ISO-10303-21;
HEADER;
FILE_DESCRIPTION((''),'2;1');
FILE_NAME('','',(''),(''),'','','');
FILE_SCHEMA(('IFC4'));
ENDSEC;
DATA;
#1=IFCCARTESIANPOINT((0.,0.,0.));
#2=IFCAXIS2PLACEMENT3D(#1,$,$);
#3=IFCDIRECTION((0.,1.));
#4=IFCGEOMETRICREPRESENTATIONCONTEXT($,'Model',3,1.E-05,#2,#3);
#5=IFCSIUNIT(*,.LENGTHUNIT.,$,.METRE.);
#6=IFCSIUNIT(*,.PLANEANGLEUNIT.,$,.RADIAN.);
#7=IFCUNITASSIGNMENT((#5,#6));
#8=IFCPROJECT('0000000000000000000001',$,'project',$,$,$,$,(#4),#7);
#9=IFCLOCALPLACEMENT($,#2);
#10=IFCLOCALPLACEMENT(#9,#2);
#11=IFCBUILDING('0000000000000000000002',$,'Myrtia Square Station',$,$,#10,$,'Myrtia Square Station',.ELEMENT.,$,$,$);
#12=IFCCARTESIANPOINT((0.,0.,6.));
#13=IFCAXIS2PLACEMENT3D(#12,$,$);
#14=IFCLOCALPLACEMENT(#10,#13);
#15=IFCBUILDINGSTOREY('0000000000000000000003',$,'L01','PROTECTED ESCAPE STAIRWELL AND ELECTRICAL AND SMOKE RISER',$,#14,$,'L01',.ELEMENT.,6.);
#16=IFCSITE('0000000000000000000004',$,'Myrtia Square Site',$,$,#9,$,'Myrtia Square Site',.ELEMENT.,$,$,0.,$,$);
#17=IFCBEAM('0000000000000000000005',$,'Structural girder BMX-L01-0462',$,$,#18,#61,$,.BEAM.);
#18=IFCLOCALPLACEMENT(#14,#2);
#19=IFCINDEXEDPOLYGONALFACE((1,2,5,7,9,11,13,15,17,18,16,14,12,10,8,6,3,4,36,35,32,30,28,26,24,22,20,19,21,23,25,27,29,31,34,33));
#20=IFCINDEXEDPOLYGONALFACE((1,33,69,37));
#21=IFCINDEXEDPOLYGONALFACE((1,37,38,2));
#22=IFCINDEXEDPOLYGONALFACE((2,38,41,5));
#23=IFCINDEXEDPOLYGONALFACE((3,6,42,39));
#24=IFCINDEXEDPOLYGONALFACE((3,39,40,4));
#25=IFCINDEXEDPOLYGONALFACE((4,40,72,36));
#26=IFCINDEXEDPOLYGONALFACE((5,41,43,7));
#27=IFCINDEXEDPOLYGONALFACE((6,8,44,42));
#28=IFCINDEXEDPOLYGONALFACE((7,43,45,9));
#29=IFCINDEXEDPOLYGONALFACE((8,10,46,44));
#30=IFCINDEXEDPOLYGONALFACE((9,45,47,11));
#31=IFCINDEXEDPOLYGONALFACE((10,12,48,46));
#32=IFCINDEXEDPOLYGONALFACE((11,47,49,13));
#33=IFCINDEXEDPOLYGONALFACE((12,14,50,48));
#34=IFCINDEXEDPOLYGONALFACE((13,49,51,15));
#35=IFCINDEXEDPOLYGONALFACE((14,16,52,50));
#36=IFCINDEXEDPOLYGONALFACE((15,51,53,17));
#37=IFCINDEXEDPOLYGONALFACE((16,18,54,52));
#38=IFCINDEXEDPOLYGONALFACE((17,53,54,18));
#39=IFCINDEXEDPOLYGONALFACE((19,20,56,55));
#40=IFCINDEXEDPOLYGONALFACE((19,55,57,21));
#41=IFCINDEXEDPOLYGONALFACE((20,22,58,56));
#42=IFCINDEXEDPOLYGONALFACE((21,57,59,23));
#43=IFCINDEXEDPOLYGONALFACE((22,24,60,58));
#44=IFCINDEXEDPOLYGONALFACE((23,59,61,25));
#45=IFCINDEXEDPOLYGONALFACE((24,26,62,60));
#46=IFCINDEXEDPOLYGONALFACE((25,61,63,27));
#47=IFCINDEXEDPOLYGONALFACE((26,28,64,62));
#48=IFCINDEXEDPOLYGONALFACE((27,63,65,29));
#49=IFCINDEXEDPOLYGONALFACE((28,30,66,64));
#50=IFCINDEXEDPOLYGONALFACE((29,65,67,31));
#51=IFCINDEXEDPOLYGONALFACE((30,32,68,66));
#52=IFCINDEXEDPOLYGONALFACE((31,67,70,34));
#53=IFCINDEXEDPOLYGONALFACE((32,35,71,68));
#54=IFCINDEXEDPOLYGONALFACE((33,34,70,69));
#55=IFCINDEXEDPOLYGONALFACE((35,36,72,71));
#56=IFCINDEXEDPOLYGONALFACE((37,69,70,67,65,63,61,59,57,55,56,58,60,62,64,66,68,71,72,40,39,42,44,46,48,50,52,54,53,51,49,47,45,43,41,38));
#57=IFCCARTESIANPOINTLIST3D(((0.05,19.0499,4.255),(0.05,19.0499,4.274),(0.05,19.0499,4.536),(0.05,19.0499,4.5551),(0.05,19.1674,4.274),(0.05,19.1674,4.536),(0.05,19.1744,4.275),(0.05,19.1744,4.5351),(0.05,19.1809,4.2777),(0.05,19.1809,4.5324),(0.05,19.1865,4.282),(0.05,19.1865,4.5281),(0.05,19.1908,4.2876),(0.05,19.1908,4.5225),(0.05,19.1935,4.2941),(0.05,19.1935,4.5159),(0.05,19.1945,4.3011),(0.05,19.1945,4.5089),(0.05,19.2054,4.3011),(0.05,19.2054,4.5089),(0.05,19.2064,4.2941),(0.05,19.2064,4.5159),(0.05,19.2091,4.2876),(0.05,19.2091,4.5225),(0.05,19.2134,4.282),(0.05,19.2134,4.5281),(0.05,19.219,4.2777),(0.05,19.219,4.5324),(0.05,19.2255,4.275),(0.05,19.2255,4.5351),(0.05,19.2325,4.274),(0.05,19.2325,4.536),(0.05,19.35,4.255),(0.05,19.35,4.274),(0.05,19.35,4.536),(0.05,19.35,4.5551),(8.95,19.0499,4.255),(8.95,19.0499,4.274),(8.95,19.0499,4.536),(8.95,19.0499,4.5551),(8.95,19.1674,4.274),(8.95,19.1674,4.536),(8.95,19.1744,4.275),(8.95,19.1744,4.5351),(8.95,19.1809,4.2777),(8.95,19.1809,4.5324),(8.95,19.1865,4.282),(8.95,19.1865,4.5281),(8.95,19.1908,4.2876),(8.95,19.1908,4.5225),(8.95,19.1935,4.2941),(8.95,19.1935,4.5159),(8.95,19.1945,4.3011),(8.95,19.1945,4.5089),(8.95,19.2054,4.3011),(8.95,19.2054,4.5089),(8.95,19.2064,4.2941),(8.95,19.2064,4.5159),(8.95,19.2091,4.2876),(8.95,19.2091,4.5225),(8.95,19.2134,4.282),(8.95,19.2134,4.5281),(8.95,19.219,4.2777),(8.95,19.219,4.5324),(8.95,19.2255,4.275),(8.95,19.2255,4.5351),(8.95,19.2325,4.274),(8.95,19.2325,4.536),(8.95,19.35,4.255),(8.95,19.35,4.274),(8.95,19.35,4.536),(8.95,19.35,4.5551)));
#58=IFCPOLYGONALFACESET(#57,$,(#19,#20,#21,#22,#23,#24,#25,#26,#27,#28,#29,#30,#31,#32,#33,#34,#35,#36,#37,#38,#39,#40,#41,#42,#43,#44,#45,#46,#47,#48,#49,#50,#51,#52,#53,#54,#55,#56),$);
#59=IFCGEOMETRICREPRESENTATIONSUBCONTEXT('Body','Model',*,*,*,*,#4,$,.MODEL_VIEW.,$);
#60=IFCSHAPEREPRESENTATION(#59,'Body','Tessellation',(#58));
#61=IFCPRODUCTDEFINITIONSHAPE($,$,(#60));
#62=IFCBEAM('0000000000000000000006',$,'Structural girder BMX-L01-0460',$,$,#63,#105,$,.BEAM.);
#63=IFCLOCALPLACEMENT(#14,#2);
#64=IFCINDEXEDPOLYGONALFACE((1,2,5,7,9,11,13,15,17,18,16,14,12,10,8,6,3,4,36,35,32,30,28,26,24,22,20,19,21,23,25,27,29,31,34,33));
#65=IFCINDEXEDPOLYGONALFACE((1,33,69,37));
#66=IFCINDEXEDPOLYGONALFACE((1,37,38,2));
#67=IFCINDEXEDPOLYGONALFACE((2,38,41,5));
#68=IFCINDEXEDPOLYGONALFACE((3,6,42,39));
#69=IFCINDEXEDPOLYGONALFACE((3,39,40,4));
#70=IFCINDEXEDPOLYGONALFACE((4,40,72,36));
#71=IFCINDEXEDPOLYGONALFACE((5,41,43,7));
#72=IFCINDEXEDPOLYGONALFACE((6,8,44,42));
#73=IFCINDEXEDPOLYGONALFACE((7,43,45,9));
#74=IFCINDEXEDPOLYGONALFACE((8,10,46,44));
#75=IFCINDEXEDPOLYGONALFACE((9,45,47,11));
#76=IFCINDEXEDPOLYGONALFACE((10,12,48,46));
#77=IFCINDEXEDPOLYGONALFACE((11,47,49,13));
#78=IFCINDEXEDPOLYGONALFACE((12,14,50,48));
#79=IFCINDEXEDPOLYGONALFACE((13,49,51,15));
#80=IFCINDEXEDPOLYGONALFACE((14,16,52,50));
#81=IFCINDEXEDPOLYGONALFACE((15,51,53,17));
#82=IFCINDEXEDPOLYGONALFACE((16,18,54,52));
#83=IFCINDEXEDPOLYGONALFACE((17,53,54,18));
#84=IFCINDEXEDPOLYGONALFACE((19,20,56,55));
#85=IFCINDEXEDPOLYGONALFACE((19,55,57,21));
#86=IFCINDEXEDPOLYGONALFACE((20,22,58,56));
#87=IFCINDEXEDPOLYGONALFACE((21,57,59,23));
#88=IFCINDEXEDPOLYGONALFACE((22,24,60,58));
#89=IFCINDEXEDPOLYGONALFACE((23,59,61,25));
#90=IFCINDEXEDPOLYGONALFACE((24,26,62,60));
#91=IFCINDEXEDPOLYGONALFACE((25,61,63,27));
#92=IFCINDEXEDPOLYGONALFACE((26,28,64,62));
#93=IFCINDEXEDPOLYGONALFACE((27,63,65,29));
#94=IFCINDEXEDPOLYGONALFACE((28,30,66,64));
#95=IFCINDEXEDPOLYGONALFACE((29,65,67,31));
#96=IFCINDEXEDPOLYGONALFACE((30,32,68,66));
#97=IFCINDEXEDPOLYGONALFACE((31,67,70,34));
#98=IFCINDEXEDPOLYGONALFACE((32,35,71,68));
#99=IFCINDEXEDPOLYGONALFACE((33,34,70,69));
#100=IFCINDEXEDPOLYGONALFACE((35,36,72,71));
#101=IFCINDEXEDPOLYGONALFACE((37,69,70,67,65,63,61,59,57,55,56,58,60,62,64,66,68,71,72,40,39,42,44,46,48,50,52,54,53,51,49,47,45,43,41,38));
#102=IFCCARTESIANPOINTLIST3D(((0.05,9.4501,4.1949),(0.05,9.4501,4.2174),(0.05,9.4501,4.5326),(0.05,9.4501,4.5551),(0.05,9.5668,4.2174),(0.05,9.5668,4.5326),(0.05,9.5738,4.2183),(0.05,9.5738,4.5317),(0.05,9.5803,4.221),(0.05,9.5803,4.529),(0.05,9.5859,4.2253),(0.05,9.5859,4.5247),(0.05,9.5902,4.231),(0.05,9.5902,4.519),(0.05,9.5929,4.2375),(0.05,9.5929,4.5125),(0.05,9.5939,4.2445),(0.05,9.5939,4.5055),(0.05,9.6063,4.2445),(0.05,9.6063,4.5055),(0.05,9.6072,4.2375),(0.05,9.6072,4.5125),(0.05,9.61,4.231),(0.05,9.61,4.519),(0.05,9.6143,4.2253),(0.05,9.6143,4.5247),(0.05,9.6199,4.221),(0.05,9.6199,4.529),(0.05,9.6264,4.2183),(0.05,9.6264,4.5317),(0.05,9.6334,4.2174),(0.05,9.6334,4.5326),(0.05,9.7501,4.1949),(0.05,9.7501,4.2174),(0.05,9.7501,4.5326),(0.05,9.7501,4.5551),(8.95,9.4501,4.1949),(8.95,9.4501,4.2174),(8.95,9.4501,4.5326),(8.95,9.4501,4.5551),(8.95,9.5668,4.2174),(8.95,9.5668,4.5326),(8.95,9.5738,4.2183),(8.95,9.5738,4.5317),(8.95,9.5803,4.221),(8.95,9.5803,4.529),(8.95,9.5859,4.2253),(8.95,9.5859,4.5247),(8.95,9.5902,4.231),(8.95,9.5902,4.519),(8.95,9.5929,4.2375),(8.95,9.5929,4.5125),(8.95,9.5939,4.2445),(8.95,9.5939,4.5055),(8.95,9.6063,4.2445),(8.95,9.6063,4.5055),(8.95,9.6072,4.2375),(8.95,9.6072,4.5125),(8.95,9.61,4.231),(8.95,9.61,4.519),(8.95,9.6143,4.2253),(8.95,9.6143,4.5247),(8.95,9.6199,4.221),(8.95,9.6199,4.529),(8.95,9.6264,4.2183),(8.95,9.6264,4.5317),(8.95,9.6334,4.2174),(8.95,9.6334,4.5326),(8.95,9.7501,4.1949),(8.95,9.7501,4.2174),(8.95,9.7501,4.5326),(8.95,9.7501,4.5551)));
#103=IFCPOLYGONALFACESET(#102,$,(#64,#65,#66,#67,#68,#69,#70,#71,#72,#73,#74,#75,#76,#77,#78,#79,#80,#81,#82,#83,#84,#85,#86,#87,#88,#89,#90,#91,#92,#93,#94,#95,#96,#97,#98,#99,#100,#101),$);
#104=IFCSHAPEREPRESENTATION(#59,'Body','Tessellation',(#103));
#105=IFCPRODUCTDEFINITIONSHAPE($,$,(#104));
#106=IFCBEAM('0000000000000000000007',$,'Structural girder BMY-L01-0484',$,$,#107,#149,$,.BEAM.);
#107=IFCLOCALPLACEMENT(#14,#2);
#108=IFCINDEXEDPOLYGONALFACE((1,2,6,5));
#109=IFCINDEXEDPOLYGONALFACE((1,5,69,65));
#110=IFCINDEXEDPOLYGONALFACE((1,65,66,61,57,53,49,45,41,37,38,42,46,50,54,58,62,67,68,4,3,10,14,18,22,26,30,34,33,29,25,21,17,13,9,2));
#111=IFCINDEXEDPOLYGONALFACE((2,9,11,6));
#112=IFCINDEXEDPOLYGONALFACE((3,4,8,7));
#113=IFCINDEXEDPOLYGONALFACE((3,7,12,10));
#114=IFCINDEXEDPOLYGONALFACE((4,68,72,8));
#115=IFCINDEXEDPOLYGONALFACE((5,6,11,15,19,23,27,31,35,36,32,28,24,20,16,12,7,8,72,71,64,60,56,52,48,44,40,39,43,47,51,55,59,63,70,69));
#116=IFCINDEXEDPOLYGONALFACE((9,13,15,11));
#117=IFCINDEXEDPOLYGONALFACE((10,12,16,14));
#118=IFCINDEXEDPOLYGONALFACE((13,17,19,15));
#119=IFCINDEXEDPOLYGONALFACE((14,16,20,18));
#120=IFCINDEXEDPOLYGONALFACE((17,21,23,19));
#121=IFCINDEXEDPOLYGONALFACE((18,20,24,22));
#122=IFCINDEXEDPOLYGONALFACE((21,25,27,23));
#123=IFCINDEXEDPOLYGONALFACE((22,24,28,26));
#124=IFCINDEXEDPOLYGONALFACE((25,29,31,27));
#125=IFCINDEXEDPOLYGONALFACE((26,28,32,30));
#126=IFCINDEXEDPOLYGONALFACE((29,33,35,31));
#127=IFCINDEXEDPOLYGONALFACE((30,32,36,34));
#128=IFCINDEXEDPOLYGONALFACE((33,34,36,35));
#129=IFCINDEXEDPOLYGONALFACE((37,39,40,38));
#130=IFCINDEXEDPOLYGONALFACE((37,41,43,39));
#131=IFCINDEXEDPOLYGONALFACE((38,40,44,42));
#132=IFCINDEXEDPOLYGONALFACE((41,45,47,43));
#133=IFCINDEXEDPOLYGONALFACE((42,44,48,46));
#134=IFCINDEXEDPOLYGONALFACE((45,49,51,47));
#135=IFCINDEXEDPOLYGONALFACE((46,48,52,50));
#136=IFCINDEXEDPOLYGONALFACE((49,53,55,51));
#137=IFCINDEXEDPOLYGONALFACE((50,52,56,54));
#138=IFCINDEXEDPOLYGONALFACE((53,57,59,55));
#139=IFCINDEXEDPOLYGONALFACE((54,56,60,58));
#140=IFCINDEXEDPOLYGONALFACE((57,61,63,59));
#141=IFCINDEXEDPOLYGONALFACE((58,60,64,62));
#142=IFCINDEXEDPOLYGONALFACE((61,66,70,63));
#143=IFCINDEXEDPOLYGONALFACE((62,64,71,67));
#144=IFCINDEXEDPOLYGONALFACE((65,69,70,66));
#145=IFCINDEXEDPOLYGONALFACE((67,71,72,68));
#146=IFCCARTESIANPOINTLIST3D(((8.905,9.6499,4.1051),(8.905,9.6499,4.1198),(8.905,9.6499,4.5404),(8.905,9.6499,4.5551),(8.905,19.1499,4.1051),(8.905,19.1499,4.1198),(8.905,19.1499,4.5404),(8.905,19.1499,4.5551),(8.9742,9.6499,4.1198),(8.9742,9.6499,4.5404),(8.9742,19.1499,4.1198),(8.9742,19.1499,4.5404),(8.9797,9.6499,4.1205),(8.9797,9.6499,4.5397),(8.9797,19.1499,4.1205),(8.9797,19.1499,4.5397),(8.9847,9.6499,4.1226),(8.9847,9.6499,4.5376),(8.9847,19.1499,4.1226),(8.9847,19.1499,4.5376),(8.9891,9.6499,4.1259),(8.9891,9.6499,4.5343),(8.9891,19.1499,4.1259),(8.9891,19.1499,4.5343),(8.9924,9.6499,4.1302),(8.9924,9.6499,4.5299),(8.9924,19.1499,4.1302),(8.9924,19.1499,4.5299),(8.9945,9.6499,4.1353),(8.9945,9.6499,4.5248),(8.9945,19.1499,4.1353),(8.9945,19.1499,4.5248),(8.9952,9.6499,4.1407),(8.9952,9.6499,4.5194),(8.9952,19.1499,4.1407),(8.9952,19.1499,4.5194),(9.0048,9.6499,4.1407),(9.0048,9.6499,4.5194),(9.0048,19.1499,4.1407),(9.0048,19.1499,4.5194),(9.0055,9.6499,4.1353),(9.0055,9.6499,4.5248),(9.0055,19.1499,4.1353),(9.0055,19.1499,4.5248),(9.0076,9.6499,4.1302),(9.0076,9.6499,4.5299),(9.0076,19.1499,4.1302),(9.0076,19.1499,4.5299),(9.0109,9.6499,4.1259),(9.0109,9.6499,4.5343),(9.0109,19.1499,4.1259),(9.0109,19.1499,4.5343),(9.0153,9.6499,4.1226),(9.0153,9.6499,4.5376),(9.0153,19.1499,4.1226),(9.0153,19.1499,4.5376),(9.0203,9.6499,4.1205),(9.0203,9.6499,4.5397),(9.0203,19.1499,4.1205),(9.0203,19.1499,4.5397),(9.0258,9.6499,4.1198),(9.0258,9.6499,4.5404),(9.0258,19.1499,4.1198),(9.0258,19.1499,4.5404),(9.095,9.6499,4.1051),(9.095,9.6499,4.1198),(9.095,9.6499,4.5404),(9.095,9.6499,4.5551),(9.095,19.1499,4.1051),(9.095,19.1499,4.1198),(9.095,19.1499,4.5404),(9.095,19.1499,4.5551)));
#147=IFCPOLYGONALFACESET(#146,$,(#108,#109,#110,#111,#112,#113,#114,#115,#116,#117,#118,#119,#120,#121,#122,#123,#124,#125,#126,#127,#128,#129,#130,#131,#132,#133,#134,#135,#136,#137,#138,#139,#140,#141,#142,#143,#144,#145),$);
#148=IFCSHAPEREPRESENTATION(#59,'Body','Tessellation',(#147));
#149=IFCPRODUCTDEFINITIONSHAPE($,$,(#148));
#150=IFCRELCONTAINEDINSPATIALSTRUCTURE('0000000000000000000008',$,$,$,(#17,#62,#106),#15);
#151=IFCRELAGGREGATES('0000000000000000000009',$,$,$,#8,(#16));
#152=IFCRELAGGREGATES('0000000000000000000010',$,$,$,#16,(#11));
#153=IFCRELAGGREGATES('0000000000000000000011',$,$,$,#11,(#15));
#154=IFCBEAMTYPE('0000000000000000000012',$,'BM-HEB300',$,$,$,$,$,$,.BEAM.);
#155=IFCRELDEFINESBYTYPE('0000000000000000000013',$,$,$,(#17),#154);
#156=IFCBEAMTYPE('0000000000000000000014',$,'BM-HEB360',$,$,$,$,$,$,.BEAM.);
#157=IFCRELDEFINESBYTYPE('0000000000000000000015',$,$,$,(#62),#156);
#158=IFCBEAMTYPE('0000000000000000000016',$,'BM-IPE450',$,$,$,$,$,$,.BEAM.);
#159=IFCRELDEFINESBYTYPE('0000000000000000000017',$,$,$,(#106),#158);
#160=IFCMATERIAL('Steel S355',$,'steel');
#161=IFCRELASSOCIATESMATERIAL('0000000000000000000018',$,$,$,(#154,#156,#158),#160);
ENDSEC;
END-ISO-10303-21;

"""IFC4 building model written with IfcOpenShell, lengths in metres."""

from ifc_helpers import new_model, si_unit, direction, frame, origin, origin_2d, place, context, subcontext, project, spatial, i_section, extrude, material, material_profile, profile_set, type_object, element, save


model = new_model("IFC4")

# Units and contexts
model_context = context("Model", 3, precision=1e-05, world=origin(), true_north=direction((0.0, 1.0)))
body_context = subcontext(model_context, "Body", "Model", "MODEL_VIEW")
ifc_project = project(units=[si_unit("LENGTHUNIT", "METRE"), si_unit("PLANEANGLEUNIT", "RADIAN")], contexts=[model_context])

# Site, building, storey
site_placement = place(None, origin())
site = spatial("IfcSite", under=ifc_project, at=site_placement, Name="Myrtia Square Site", LongName="Myrtia Square Site", CompositionType="ELEMENT", RefElevation=0.0)
building_placement = place(site_placement, origin())
building = spatial("IfcBuilding", under=site, at=building_placement, Name="Myrtia Square Station", LongName="Myrtia Square Station", CompositionType="ELEMENT")
storey_placement = place(building_placement, frame((0.0, 0.0, 6.0)))
storey = spatial("IfcBuildingStorey", under=building, at=storey_placement, Name="L01", Description="PROTECTED ESCAPE STAIRWELL AND ELECTRICAL AND SMOKE RISER", LongName="L01", CompositionType="ELEMENT", Elevation=6.0)

# Shared definitions
ifc_material_1 = material(Name="Steel S355", Category="steel")

# Beams
ifc_material_profile_1 = material_profile(ifc_material_1, i_section(OverallWidth=0.3, OverallDepth=0.3, WebThickness=0.011, FlangeThickness=0.019, FilletRadius=0.0271, at=origin_2d()), Name="HEB 300")
ifc_profile_set_1 = profile_set([ifc_material_profile_1], Name="Steel S355")
beam_type_1 = type_object("IfcBeamType", Name="BM-HEB300", PredefinedType="BEAM", material=ifc_profile_set_1)
beam_1_placement = place(storey_placement, frame((0.05, 19.2, 4.405), z_axis=(1.0, 0.0, 0.0), x_axis=(0.0, 1.0, 0.0)))
element("IfcBeam", 1, at=beam_1_placement, inside=storey, type_object=beam_type_1, Name="Structural girder BMX-L01-0462", PredefinedType="BEAM", context=body_context, shape_type="SweptSolid", body=[
    extrude(i_section(OverallWidth=0.3, OverallDepth=0.3, WebThickness=0.011, FlangeThickness=0.019, FilletRadius=0.0271, at=origin_2d()), origin(), (0.0, 0.0, 1.0), 8.8999),
])
ifc_material_profile_2 = material_profile(ifc_material_1, i_section(OverallWidth=0.3, OverallDepth=0.3601, WebThickness=0.0125, FlangeThickness=0.0225, FilletRadius=0.0271, at=origin_2d()), Name="HEB 360")
ifc_profile_set_2 = profile_set([ifc_material_profile_2], Name="Steel S355")
beam_type_2 = type_object("IfcBeamType", Name="BM-HEB360", PredefinedType="BEAM", material=ifc_profile_set_2)
beam_2_placement = place(storey_placement, frame((0.05, 9.6001, 4.375), z_axis=(1.0, 0.0, 0.0), x_axis=(0.0, 1.0, 0.0)))
element("IfcBeam", 2, at=beam_2_placement, inside=storey, type_object=beam_type_2, Name="Structural girder BMX-L01-0460", PredefinedType="BEAM", context=body_context, shape_type="SweptSolid", body=[
    extrude(i_section(OverallWidth=0.3, OverallDepth=0.3601, WebThickness=0.0125, FlangeThickness=0.0225, FilletRadius=0.0271, at=origin_2d()), origin(), (0.0, 0.0, 1.0), 8.8999),
])
ifc_material_profile_3 = material_profile(ifc_material_1, i_section(OverallWidth=0.1899, OverallDepth=0.45, WebThickness=0.0095, FlangeThickness=0.0146, FilletRadius=0.021, at=origin_2d()), Name="IPE 450")
ifc_profile_set_3 = profile_set([ifc_material_profile_3], Name="Steel S355")
beam_type_3 = type_object("IfcBeamType", Name="BM-IPE450", PredefinedType="BEAM", material=ifc_profile_set_3)
beam_3_placement = place(storey_placement, frame((9.0, 9.6499, 4.3301), z_axis=(0.0, 1.0, 0.0), x_axis=(-1.0, 0.0, 0.0)))
element("IfcBeam", 3, at=beam_3_placement, inside=storey, type_object=beam_type_3, Name="Structural girder BMY-L01-0484", PredefinedType="BEAM", context=body_context, shape_type="SweptSolid", body=[
    extrude(i_section(OverallWidth=0.1899, OverallDepth=0.45, WebThickness=0.0095, FlangeThickness=0.0146, FilletRadius=0.021, at=origin_2d()), origin(), (0.0, 0.0, 1.0), 9.5),
])

save(model, "model.ifc")
